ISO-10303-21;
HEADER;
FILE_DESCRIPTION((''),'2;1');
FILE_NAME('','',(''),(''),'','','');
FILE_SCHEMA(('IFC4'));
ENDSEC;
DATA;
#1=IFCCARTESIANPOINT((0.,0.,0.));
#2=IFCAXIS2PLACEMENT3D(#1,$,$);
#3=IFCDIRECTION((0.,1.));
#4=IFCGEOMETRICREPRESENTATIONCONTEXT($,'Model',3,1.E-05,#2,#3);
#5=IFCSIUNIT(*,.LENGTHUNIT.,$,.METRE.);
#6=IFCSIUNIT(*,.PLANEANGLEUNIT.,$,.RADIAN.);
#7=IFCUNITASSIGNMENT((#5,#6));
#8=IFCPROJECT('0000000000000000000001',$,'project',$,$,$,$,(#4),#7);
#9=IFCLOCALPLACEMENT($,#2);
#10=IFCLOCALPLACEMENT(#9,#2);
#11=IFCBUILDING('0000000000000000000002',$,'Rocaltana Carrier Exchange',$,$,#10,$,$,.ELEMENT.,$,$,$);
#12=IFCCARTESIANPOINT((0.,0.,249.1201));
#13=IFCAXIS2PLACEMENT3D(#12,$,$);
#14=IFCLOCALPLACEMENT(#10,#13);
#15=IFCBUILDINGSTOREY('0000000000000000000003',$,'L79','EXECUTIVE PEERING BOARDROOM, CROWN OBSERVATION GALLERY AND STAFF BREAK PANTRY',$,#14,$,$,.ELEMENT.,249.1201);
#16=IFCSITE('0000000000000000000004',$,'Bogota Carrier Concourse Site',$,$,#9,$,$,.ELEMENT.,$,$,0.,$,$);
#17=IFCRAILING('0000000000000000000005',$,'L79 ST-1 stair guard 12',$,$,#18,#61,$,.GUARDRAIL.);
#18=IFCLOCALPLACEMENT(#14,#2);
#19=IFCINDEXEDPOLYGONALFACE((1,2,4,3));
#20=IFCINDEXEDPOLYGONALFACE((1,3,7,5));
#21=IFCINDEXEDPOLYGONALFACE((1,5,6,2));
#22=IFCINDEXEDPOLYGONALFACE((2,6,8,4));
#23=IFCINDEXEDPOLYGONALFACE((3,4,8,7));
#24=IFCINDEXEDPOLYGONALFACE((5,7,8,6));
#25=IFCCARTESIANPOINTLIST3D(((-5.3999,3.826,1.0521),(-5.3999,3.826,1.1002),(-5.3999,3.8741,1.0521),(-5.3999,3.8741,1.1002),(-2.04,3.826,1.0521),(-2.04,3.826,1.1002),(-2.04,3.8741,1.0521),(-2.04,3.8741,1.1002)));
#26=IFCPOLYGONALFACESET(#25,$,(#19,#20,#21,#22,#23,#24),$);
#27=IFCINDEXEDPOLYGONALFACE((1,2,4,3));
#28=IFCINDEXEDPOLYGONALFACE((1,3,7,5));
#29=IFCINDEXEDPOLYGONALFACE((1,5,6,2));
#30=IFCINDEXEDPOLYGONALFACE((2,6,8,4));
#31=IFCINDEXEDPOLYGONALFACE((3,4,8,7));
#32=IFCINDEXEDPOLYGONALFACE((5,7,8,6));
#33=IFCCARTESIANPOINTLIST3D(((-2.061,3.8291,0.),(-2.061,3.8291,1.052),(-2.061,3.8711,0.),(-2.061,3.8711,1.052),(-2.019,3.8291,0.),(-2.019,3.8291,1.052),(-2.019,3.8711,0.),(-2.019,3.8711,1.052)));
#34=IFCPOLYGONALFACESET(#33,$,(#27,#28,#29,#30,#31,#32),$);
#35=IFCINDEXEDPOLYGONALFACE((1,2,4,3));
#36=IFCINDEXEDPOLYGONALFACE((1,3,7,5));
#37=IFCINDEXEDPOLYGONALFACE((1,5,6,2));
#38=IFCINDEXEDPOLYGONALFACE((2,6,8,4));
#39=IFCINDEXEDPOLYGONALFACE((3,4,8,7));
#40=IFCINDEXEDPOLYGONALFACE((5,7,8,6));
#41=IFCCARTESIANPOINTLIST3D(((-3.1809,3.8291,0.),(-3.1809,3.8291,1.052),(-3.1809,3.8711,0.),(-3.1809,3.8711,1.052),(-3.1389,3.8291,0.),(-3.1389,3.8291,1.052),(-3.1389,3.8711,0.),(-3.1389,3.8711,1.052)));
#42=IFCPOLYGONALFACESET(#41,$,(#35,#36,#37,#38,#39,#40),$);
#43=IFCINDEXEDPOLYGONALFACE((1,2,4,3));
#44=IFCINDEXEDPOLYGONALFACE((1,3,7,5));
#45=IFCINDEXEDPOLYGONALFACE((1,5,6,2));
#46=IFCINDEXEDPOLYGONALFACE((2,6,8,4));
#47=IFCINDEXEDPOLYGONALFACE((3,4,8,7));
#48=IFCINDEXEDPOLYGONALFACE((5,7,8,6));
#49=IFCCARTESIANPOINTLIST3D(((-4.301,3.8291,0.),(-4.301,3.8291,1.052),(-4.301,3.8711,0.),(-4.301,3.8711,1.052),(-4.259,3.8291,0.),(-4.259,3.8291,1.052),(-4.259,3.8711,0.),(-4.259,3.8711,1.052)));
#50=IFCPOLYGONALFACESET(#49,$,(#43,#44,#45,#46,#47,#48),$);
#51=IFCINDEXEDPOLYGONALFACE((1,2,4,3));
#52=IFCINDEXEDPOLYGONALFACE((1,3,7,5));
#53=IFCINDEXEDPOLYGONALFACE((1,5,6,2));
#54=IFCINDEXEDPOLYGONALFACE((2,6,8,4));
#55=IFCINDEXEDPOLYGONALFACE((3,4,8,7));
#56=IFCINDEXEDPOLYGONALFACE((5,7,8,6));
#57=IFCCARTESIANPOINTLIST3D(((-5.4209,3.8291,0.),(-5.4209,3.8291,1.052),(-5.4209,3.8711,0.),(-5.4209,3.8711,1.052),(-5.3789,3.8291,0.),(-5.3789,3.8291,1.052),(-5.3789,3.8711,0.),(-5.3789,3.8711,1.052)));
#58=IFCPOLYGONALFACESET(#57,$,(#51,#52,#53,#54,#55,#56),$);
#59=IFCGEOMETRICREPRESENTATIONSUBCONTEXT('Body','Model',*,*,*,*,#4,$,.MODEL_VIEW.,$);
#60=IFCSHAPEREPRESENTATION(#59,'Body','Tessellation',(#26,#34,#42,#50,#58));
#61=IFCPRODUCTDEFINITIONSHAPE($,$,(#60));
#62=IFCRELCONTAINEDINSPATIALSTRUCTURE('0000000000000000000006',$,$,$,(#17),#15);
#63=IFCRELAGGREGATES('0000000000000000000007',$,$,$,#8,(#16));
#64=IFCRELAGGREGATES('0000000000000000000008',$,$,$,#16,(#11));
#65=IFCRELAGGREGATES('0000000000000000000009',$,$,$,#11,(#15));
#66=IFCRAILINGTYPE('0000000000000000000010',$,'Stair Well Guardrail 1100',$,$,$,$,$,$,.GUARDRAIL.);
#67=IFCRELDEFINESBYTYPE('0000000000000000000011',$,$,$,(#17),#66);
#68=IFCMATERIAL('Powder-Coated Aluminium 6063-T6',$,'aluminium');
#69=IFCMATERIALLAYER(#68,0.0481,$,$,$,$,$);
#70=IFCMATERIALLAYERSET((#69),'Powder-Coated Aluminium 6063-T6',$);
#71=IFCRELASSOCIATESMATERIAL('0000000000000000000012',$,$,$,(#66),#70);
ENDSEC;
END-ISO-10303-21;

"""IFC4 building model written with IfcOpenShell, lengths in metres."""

from ifc_helpers import new_model, si_unit, direction, frame, origin, origin_2d, place, context, subcontext, project, spatial, rectangle, extrude, material, layer, layer_set, type_object, element, save


model = new_model("IFC4")

# Units and contexts
model_context = context("Model", 3, precision=1e-05, world=origin(), true_north=direction((0.0, 1.0)))
body_context = subcontext(model_context, "Body", "Model", "MODEL_VIEW")
ifc_project = project(units=[si_unit("LENGTHUNIT", "METRE"), si_unit("PLANEANGLEUNIT", "RADIAN")], contexts=[model_context])

# Site, building, storey
site_placement = place(None, origin())
site = spatial("IfcSite", under=ifc_project, at=site_placement, Name="Bogota Carrier Concourse Site", CompositionType="ELEMENT", RefElevation=0.0)
building_placement = place(site_placement, origin())
building = spatial("IfcBuilding", under=site, at=building_placement, Name="Rocaltana Carrier Exchange", CompositionType="ELEMENT")
storey_placement = place(building_placement, frame((0.0, 0.0, 249.1201)))
storey = spatial("IfcBuildingStorey", under=building, at=storey_placement, Name="L79", Description="EXECUTIVE PEERING BOARDROOM, CROWN OBSERVATION GALLERY AND STAFF BREAK PANTRY", CompositionType="ELEMENT", Elevation=249.1201)

# Railing
ifc_material_1 = material(Name="Powder-Coated Aluminium 6063-T6", Category="aluminium")
ifc_layer_1 = layer(ifc_material_1, 0.0481)
ifc_layer_set_1 = layer_set([ifc_layer_1], Name="Powder-Coated Aluminium 6063-T6")
railing_type_1 = type_object("IfcRailingType", Name="Stair Well Guardrail 1100", PredefinedType="GUARDRAIL", material=ifc_layer_set_1)
railing_1_placement = place(storey_placement, frame((-2.04, 3.8501, 0.0)))
element("IfcRailing", 1, at=railing_1_placement, inside=storey, type_object=railing_type_1, Name="L79 ST-1 stair guard 12", PredefinedType="GUARDRAIL", context=body_context, shape_type="SweptSolid", body=[
    extrude(rectangle(XDim=0.0481, YDim=0.0481, at=origin_2d()), frame((0.0, 0.0, 1.0762), z_axis=(-1.0, 0.0, 0.0), x_axis=(0.0, -1.0, 0.0)), (0.0, 0.0, 1.0), 3.3599),
    extrude(rectangle(XDim=0.042, YDim=0.042, at=origin_2d()), origin(), (0.0, 0.0, 1.0), 1.052),
    extrude(rectangle(XDim=0.042, YDim=0.042, at=origin_2d()), frame((-1.1199, 0.0, 0.0)), (0.0, 0.0, 1.0), 1.052),
    extrude(rectangle(XDim=0.042, YDim=0.042, at=origin_2d()), frame((-2.24, 0.0, 0.0)), (0.0, 0.0, 1.0), 1.052),
    extrude(rectangle(XDim=0.042, YDim=0.042, at=origin_2d()), frame((-3.3599, 0.0, 0.0)), (0.0, 0.0, 1.0), 1.052),
])

save(model, "model.ifc")
